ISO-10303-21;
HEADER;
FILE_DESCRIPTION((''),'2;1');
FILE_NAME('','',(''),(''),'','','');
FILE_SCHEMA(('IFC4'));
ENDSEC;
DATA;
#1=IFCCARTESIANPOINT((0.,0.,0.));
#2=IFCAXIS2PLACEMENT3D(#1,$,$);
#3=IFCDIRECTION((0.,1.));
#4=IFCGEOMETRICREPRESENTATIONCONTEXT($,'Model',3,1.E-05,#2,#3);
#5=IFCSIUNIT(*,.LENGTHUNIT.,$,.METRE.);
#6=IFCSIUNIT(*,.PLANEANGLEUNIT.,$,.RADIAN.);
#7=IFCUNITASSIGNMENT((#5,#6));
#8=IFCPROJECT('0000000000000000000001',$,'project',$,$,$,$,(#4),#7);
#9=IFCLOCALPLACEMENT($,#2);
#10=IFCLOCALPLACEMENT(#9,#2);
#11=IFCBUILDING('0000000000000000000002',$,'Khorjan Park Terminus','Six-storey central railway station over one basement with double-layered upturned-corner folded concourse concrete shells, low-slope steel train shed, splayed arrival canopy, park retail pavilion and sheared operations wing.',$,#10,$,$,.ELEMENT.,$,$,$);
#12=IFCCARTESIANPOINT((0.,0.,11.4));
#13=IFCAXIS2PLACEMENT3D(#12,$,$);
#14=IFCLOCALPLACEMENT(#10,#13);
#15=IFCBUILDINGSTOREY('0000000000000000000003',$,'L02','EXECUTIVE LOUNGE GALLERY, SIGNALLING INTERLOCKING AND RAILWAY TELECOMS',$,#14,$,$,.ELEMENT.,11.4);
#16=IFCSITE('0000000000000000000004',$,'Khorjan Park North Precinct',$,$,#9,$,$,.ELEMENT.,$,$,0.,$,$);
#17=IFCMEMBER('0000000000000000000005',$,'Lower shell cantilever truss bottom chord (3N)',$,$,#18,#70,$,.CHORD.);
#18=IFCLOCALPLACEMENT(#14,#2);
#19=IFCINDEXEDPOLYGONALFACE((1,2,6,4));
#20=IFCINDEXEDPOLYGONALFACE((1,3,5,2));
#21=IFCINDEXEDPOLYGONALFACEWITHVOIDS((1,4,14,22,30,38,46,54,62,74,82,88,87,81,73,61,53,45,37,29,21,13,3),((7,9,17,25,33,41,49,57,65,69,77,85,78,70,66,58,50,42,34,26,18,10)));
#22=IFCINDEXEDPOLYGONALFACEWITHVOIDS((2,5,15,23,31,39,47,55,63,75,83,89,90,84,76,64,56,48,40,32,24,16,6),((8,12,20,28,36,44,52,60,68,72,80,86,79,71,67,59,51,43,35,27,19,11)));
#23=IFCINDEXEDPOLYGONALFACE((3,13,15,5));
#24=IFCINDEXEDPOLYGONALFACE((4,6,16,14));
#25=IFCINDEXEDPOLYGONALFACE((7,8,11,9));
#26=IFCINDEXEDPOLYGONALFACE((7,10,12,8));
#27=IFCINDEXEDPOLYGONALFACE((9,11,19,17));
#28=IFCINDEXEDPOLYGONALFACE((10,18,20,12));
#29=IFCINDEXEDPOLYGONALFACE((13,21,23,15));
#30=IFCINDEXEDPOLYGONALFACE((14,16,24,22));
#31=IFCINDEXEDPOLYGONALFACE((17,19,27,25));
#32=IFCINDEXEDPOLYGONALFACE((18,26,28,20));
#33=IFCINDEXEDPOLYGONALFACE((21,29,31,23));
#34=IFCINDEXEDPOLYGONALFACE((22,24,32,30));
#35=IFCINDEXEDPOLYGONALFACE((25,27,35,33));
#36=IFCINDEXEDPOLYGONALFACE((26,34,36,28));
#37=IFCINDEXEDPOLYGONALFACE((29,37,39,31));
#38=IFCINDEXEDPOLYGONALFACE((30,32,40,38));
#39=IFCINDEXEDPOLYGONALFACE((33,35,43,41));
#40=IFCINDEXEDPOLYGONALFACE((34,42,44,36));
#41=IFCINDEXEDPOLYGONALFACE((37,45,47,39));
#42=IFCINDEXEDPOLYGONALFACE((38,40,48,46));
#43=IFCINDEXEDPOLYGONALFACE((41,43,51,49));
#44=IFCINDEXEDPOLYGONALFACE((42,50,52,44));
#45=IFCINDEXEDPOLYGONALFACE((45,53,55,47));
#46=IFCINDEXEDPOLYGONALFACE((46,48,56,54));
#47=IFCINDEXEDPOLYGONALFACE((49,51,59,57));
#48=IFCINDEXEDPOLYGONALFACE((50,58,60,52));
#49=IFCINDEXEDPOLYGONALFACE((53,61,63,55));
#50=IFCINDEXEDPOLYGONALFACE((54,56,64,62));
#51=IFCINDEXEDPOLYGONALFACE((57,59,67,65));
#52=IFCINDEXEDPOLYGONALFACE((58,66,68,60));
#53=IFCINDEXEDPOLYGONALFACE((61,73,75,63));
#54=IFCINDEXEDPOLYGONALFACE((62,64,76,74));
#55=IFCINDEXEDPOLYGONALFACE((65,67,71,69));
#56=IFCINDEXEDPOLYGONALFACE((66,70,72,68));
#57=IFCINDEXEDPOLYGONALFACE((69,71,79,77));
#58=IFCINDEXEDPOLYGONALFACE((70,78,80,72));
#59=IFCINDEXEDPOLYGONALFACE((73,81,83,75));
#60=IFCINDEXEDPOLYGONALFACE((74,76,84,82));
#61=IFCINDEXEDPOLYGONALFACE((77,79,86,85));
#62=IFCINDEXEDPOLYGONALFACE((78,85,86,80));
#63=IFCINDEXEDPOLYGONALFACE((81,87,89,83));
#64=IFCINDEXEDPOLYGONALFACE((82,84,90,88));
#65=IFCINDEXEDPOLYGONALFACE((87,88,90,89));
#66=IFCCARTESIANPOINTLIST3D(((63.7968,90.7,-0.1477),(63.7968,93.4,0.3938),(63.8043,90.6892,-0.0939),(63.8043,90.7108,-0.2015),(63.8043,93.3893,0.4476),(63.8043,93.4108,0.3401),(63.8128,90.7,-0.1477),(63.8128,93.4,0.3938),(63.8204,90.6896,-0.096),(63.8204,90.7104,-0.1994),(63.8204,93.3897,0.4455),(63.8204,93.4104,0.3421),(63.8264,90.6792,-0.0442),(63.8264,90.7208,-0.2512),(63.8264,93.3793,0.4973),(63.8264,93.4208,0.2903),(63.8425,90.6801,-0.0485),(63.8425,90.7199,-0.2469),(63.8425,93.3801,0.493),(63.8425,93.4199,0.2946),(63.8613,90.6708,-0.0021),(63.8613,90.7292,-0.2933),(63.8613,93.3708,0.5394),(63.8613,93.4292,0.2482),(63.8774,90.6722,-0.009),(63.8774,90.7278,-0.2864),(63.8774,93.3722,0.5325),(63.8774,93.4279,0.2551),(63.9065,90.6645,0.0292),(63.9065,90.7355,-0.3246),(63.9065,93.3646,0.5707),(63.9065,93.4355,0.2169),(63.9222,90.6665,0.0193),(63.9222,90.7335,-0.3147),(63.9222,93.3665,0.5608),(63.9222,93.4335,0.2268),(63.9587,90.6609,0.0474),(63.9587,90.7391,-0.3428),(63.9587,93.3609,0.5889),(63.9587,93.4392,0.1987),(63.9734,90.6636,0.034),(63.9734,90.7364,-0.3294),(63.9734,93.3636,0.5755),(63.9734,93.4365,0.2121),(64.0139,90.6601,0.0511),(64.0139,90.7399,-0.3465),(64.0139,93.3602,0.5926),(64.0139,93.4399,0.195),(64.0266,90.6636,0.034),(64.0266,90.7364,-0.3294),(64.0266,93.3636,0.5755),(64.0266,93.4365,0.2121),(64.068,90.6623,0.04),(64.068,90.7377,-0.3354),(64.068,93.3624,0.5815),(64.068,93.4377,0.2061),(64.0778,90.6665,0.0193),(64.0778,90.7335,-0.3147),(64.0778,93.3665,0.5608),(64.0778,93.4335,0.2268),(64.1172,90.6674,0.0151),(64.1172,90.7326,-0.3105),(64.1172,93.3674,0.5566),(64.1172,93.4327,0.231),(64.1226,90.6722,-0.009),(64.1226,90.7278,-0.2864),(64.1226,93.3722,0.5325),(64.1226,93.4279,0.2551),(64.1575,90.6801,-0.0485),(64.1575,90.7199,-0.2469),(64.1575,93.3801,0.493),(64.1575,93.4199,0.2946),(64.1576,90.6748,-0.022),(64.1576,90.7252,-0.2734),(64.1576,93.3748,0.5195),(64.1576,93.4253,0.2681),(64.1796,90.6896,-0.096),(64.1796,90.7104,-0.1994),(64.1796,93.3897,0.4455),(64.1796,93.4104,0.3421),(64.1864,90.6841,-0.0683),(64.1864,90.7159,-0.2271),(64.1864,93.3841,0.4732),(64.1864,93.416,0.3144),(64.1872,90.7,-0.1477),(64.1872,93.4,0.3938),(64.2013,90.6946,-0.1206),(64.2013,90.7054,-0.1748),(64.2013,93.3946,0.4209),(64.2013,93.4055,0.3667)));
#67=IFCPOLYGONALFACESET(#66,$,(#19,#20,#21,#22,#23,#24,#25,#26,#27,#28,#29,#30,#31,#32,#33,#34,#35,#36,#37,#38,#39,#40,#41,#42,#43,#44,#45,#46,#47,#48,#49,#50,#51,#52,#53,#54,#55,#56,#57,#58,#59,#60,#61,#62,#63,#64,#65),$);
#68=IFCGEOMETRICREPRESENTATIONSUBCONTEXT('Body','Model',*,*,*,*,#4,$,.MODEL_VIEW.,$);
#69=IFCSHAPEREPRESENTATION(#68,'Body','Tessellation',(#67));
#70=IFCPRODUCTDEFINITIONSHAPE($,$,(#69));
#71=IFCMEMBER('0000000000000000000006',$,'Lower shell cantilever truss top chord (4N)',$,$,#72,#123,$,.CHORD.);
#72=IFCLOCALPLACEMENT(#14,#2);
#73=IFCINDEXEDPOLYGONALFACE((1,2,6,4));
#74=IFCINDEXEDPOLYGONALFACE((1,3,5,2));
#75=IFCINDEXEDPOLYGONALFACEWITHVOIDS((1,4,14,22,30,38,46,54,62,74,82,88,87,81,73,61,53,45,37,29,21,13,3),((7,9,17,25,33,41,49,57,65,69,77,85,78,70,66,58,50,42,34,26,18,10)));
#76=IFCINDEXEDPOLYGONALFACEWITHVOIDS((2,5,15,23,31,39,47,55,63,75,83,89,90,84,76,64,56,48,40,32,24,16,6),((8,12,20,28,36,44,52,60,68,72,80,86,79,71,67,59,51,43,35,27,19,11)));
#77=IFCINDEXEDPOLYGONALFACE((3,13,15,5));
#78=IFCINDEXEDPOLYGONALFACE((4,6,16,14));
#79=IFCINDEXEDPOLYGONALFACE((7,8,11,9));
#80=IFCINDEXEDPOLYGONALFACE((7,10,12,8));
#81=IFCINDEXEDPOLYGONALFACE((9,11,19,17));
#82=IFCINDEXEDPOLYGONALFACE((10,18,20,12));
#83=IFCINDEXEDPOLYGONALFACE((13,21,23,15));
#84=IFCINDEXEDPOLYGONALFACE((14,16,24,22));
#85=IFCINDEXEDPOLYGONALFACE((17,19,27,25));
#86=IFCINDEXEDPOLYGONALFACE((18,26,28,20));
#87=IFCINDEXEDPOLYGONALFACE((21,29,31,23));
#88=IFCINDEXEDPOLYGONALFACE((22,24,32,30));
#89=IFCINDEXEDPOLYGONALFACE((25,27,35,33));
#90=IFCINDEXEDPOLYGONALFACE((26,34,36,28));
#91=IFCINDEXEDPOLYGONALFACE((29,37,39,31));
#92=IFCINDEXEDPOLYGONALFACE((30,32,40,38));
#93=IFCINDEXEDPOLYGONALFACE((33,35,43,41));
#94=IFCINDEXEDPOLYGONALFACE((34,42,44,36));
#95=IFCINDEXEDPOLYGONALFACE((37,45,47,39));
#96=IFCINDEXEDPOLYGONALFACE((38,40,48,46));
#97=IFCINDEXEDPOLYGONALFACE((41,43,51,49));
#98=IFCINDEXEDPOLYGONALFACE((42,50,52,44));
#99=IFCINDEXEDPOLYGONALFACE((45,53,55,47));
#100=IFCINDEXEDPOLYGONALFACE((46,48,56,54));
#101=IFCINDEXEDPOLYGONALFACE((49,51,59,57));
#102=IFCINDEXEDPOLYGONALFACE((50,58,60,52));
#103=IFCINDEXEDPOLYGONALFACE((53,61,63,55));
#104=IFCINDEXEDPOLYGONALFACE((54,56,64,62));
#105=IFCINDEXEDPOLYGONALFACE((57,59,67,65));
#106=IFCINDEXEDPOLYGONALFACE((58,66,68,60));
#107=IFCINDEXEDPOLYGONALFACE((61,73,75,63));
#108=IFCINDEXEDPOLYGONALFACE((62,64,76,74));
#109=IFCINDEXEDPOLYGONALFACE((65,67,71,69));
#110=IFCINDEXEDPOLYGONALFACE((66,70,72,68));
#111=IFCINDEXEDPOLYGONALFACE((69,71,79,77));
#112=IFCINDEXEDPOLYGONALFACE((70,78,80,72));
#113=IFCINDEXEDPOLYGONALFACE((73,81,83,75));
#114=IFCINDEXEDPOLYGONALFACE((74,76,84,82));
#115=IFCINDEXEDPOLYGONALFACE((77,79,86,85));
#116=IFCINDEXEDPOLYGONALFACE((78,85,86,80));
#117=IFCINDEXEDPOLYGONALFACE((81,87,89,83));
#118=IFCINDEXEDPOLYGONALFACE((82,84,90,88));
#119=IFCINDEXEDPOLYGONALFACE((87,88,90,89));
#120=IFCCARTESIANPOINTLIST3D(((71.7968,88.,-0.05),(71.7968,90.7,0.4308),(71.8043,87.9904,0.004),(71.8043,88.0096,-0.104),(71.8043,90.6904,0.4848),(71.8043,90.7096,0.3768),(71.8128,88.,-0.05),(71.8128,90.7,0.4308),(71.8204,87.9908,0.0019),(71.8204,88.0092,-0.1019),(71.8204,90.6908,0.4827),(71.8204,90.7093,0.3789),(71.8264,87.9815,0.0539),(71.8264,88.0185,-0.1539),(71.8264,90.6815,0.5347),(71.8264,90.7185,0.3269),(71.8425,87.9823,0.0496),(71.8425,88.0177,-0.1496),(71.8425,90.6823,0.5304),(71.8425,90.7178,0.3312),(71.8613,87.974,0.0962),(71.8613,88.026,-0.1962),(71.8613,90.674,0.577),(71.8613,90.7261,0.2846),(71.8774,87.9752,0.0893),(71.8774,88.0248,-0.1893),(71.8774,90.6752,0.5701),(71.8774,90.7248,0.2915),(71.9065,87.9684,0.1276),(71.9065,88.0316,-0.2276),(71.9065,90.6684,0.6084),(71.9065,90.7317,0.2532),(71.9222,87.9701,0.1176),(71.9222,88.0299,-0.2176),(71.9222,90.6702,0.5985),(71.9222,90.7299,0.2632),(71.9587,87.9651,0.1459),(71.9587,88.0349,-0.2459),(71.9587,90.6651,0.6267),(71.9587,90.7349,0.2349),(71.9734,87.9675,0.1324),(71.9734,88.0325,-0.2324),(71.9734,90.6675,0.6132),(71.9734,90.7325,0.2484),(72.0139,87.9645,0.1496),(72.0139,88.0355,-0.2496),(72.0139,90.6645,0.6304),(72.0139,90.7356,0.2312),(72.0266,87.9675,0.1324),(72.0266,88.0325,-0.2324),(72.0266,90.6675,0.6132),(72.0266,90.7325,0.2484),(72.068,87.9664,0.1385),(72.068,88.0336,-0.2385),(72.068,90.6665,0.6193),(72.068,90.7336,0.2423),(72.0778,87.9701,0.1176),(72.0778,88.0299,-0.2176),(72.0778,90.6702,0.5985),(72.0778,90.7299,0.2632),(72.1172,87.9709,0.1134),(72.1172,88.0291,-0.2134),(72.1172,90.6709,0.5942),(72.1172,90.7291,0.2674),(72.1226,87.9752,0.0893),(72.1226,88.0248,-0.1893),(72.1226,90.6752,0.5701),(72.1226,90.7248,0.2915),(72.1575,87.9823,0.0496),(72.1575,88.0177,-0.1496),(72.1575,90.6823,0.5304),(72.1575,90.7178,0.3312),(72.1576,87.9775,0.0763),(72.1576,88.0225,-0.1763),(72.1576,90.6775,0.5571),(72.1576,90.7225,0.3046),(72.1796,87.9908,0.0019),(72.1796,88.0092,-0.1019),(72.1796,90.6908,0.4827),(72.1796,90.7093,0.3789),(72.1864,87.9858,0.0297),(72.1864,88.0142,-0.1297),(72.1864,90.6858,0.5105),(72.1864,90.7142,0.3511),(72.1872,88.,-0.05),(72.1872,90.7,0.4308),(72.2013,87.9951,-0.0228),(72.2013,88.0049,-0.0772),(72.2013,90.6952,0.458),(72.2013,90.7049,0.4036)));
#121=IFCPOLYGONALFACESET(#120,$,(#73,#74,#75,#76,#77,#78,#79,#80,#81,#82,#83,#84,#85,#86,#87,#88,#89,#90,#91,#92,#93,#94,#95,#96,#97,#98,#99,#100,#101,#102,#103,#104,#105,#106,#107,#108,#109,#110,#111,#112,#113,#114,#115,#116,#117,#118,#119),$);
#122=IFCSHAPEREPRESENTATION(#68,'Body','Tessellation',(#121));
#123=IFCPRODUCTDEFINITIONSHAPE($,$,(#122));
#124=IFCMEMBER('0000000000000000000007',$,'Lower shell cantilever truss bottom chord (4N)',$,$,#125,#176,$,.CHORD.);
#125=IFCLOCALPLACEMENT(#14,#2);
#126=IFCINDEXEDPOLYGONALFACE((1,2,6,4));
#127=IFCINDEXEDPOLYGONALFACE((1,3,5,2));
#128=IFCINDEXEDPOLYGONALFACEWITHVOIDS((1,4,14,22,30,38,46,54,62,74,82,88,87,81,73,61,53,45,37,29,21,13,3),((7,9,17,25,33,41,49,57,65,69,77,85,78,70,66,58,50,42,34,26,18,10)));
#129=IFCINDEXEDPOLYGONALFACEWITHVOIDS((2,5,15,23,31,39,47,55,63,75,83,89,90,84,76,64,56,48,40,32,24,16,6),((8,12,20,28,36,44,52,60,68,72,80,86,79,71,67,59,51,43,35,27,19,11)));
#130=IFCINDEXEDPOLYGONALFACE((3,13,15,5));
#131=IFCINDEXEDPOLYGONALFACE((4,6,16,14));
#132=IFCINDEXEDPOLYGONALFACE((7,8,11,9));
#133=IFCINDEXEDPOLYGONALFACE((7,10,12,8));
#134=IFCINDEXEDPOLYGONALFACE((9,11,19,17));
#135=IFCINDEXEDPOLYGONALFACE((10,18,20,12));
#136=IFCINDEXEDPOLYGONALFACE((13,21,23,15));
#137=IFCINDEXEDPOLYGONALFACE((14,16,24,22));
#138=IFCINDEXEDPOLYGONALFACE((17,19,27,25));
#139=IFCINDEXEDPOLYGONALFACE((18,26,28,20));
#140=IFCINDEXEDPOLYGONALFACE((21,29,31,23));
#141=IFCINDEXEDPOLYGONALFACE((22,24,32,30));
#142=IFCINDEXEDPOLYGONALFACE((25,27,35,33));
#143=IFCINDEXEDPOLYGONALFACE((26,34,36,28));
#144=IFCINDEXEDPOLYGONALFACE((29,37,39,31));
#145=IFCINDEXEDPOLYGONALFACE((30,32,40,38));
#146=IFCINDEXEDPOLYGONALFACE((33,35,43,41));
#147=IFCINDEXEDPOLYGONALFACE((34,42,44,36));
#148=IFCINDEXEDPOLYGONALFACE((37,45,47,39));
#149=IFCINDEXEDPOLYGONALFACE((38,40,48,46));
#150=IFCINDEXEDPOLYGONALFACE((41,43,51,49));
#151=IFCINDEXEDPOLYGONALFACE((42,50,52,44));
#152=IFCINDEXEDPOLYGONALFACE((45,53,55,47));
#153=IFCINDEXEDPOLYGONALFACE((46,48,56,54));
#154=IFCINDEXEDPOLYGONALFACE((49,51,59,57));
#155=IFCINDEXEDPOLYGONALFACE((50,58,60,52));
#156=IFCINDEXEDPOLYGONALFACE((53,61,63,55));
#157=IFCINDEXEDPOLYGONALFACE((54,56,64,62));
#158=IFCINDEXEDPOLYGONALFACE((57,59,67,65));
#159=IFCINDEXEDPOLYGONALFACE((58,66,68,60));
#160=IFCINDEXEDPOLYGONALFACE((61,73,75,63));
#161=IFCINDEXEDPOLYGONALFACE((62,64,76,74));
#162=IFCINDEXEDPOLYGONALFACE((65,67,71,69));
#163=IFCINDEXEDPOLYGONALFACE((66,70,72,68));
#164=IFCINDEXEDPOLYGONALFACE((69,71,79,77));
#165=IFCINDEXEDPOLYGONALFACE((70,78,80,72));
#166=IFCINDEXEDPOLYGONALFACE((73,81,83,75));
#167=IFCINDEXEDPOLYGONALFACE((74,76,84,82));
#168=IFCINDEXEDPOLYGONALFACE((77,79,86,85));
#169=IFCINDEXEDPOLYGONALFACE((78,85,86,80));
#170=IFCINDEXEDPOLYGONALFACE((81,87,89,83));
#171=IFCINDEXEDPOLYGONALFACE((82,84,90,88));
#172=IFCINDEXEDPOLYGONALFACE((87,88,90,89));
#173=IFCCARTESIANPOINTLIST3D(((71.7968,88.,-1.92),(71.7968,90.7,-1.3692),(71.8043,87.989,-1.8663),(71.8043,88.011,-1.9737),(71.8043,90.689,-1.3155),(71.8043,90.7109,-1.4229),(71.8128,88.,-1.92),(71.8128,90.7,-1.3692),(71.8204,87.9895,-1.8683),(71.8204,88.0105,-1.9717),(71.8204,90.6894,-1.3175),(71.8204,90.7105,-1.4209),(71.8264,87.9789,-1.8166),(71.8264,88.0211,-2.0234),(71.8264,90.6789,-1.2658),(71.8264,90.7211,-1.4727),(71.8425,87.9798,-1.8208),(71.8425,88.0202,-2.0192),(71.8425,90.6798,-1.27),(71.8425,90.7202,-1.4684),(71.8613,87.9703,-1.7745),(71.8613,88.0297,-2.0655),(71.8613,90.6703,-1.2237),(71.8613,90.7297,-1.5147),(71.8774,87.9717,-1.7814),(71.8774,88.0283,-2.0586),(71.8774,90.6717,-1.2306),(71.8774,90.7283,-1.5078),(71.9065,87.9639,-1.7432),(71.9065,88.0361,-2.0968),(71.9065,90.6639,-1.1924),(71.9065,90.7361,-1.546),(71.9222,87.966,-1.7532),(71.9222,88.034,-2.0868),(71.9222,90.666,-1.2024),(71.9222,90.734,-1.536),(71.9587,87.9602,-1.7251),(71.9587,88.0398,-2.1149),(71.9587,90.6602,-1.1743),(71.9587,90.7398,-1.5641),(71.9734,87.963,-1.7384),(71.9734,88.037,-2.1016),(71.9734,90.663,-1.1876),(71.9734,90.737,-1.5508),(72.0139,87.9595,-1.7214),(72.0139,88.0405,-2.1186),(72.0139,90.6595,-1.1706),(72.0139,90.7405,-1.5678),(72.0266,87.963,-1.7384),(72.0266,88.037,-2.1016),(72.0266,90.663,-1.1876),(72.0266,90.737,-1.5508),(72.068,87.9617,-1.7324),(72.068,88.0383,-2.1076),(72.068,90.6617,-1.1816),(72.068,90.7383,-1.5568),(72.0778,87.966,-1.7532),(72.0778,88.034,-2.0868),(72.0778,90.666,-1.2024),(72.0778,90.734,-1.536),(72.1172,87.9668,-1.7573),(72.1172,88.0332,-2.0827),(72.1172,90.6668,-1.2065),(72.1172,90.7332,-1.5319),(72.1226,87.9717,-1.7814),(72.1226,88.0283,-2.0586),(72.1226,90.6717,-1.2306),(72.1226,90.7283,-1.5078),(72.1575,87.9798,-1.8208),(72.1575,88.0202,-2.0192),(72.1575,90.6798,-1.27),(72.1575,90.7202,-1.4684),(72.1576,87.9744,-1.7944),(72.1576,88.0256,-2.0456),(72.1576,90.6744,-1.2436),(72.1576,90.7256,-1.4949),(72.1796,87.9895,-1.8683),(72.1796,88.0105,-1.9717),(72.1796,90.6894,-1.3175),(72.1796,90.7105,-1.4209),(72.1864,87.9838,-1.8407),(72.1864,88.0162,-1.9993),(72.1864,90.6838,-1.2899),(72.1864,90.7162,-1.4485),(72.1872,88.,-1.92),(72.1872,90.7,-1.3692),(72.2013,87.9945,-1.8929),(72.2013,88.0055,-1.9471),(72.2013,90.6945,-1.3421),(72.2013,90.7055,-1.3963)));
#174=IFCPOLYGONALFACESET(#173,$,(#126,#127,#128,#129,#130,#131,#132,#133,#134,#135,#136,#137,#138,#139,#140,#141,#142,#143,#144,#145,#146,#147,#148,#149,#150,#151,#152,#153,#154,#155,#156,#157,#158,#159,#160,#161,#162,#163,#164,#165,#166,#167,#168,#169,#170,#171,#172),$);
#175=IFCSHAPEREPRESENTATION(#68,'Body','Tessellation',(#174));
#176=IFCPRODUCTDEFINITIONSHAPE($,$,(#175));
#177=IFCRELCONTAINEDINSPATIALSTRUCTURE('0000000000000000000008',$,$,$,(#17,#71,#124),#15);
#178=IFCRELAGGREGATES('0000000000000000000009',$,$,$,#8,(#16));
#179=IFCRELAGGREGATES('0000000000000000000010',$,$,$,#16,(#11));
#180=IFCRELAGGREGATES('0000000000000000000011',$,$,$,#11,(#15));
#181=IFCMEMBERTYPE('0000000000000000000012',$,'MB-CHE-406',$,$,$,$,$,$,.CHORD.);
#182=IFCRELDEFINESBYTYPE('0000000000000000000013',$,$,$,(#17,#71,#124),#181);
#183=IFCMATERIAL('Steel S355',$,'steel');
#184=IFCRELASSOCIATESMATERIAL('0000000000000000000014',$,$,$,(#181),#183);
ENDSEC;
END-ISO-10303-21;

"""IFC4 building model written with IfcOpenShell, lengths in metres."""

from ifc_helpers import new_model, si_unit, direction, frame, origin, origin_2d, place, context, subcontext, project, spatial, hollow_circle, extrude, material, material_profile, profile_set, type_object, element, save


model = new_model("IFC4")

# Units and contexts
model_context = context("Model", 3, precision=1e-05, world=origin(), true_north=direction((0.0, 1.0)))
body_context = subcontext(model_context, "Body", "Model", "MODEL_VIEW")
ifc_project = project(units=[si_unit("LENGTHUNIT", "METRE"), si_unit("PLANEANGLEUNIT", "RADIAN")], contexts=[model_context])

# Site, building, storey
site_placement = place(None, origin())
site = spatial("IfcSite", under=ifc_project, at=site_placement, Name="Khorjan Park North Precinct", CompositionType="ELEMENT", RefElevation=0.0)
building_placement = place(site_placement, origin())
building = spatial("IfcBuilding", under=site, at=building_placement, Name="Khorjan Park Terminus", Description="Six-storey central railway station over one basement with double-layered upturned-corner folded concourse concrete shells, low-slope steel train shed, splayed arrival canopy, park retail pavilion and sheared operations wing.", CompositionType="ELEMENT")
storey_placement = place(building_placement, frame((0.0, 0.0, 11.4)))
storey = spatial("IfcBuildingStorey", under=building, at=storey_placement, Name="L02", Description="EXECUTIVE LOUNGE GALLERY, SIGNALLING INTERLOCKING AND RAILWAY TELECOMS", CompositionType="ELEMENT", Elevation=11.4)

# Members
ifc_material_1 = material(Name="Steel S355", Category="steel")
ifc_material_profile_1 = material_profile(ifc_material_1, hollow_circle(Radius=0.2032, WallThickness=0.016, at=origin_2d()), Name="CHS 406.4x16")
ifc_profile_set_1 = profile_set([ifc_material_profile_1], Name="Steel S355")
member_type_1 = type_object("IfcMemberType", Name="MB-CHE-406", PredefinedType="CHORD", material=ifc_profile_set_1)
for number, where, z_axis, x_axis, name in (
    (1, (64.0, 90.7, -0.1477), (0.0, 0.980476, 0.19664), (-1.0, 0.0, 0.0), "Lower shell cantilever truss bottom chord (3N)"),
):
    element("IfcMember", number, at=place(storey_placement, frame(where, z_axis=z_axis, x_axis=x_axis)), inside=storey, type_object=member_type_1, Name=name, PredefinedType="CHORD", context=body_context, shape_type="SweptSolid", body=[
        extrude(hollow_circle(Radius=0.2032, WallThickness=0.016, at=origin_2d()), origin(), (0.0, 0.0, 1.0), 2.7538),
    ])
member_1_placement = place(storey_placement, frame((72.0, 88.0, -0.05), z_axis=(0.0, 0.984512, 0.175316), x_axis=(-1.0, 0.0, 0.0)))
element("IfcMember", 2, at=member_1_placement, inside=storey, type_object=member_type_1, Name="Lower shell cantilever truss top chord (4N)", PredefinedType="CHORD", context=body_context, shape_type="SweptSolid", body=[
    extrude(hollow_circle(Radius=0.2032, WallThickness=0.016, at=origin_2d()), origin(), (0.0, 0.0, 1.0), 2.7425),
])
member_2_placement = place(storey_placement, frame((72.0, 88.0, -1.92), z_axis=(0.0, 0.97982, 0.199883), x_axis=(-1.0, 0.0, 0.0)))
element("IfcMember", 3, at=member_2_placement, inside=storey, type_object=member_type_1, Name="Lower shell cantilever truss bottom chord (4N)", PredefinedType="CHORD", context=body_context, shape_type="SweptSolid", body=[
    extrude(hollow_circle(Radius=0.2032, WallThickness=0.016, at=origin_2d()), origin(), (0.0, 0.0, 1.0), 2.7556),
])

save(model, "model.ifc")
